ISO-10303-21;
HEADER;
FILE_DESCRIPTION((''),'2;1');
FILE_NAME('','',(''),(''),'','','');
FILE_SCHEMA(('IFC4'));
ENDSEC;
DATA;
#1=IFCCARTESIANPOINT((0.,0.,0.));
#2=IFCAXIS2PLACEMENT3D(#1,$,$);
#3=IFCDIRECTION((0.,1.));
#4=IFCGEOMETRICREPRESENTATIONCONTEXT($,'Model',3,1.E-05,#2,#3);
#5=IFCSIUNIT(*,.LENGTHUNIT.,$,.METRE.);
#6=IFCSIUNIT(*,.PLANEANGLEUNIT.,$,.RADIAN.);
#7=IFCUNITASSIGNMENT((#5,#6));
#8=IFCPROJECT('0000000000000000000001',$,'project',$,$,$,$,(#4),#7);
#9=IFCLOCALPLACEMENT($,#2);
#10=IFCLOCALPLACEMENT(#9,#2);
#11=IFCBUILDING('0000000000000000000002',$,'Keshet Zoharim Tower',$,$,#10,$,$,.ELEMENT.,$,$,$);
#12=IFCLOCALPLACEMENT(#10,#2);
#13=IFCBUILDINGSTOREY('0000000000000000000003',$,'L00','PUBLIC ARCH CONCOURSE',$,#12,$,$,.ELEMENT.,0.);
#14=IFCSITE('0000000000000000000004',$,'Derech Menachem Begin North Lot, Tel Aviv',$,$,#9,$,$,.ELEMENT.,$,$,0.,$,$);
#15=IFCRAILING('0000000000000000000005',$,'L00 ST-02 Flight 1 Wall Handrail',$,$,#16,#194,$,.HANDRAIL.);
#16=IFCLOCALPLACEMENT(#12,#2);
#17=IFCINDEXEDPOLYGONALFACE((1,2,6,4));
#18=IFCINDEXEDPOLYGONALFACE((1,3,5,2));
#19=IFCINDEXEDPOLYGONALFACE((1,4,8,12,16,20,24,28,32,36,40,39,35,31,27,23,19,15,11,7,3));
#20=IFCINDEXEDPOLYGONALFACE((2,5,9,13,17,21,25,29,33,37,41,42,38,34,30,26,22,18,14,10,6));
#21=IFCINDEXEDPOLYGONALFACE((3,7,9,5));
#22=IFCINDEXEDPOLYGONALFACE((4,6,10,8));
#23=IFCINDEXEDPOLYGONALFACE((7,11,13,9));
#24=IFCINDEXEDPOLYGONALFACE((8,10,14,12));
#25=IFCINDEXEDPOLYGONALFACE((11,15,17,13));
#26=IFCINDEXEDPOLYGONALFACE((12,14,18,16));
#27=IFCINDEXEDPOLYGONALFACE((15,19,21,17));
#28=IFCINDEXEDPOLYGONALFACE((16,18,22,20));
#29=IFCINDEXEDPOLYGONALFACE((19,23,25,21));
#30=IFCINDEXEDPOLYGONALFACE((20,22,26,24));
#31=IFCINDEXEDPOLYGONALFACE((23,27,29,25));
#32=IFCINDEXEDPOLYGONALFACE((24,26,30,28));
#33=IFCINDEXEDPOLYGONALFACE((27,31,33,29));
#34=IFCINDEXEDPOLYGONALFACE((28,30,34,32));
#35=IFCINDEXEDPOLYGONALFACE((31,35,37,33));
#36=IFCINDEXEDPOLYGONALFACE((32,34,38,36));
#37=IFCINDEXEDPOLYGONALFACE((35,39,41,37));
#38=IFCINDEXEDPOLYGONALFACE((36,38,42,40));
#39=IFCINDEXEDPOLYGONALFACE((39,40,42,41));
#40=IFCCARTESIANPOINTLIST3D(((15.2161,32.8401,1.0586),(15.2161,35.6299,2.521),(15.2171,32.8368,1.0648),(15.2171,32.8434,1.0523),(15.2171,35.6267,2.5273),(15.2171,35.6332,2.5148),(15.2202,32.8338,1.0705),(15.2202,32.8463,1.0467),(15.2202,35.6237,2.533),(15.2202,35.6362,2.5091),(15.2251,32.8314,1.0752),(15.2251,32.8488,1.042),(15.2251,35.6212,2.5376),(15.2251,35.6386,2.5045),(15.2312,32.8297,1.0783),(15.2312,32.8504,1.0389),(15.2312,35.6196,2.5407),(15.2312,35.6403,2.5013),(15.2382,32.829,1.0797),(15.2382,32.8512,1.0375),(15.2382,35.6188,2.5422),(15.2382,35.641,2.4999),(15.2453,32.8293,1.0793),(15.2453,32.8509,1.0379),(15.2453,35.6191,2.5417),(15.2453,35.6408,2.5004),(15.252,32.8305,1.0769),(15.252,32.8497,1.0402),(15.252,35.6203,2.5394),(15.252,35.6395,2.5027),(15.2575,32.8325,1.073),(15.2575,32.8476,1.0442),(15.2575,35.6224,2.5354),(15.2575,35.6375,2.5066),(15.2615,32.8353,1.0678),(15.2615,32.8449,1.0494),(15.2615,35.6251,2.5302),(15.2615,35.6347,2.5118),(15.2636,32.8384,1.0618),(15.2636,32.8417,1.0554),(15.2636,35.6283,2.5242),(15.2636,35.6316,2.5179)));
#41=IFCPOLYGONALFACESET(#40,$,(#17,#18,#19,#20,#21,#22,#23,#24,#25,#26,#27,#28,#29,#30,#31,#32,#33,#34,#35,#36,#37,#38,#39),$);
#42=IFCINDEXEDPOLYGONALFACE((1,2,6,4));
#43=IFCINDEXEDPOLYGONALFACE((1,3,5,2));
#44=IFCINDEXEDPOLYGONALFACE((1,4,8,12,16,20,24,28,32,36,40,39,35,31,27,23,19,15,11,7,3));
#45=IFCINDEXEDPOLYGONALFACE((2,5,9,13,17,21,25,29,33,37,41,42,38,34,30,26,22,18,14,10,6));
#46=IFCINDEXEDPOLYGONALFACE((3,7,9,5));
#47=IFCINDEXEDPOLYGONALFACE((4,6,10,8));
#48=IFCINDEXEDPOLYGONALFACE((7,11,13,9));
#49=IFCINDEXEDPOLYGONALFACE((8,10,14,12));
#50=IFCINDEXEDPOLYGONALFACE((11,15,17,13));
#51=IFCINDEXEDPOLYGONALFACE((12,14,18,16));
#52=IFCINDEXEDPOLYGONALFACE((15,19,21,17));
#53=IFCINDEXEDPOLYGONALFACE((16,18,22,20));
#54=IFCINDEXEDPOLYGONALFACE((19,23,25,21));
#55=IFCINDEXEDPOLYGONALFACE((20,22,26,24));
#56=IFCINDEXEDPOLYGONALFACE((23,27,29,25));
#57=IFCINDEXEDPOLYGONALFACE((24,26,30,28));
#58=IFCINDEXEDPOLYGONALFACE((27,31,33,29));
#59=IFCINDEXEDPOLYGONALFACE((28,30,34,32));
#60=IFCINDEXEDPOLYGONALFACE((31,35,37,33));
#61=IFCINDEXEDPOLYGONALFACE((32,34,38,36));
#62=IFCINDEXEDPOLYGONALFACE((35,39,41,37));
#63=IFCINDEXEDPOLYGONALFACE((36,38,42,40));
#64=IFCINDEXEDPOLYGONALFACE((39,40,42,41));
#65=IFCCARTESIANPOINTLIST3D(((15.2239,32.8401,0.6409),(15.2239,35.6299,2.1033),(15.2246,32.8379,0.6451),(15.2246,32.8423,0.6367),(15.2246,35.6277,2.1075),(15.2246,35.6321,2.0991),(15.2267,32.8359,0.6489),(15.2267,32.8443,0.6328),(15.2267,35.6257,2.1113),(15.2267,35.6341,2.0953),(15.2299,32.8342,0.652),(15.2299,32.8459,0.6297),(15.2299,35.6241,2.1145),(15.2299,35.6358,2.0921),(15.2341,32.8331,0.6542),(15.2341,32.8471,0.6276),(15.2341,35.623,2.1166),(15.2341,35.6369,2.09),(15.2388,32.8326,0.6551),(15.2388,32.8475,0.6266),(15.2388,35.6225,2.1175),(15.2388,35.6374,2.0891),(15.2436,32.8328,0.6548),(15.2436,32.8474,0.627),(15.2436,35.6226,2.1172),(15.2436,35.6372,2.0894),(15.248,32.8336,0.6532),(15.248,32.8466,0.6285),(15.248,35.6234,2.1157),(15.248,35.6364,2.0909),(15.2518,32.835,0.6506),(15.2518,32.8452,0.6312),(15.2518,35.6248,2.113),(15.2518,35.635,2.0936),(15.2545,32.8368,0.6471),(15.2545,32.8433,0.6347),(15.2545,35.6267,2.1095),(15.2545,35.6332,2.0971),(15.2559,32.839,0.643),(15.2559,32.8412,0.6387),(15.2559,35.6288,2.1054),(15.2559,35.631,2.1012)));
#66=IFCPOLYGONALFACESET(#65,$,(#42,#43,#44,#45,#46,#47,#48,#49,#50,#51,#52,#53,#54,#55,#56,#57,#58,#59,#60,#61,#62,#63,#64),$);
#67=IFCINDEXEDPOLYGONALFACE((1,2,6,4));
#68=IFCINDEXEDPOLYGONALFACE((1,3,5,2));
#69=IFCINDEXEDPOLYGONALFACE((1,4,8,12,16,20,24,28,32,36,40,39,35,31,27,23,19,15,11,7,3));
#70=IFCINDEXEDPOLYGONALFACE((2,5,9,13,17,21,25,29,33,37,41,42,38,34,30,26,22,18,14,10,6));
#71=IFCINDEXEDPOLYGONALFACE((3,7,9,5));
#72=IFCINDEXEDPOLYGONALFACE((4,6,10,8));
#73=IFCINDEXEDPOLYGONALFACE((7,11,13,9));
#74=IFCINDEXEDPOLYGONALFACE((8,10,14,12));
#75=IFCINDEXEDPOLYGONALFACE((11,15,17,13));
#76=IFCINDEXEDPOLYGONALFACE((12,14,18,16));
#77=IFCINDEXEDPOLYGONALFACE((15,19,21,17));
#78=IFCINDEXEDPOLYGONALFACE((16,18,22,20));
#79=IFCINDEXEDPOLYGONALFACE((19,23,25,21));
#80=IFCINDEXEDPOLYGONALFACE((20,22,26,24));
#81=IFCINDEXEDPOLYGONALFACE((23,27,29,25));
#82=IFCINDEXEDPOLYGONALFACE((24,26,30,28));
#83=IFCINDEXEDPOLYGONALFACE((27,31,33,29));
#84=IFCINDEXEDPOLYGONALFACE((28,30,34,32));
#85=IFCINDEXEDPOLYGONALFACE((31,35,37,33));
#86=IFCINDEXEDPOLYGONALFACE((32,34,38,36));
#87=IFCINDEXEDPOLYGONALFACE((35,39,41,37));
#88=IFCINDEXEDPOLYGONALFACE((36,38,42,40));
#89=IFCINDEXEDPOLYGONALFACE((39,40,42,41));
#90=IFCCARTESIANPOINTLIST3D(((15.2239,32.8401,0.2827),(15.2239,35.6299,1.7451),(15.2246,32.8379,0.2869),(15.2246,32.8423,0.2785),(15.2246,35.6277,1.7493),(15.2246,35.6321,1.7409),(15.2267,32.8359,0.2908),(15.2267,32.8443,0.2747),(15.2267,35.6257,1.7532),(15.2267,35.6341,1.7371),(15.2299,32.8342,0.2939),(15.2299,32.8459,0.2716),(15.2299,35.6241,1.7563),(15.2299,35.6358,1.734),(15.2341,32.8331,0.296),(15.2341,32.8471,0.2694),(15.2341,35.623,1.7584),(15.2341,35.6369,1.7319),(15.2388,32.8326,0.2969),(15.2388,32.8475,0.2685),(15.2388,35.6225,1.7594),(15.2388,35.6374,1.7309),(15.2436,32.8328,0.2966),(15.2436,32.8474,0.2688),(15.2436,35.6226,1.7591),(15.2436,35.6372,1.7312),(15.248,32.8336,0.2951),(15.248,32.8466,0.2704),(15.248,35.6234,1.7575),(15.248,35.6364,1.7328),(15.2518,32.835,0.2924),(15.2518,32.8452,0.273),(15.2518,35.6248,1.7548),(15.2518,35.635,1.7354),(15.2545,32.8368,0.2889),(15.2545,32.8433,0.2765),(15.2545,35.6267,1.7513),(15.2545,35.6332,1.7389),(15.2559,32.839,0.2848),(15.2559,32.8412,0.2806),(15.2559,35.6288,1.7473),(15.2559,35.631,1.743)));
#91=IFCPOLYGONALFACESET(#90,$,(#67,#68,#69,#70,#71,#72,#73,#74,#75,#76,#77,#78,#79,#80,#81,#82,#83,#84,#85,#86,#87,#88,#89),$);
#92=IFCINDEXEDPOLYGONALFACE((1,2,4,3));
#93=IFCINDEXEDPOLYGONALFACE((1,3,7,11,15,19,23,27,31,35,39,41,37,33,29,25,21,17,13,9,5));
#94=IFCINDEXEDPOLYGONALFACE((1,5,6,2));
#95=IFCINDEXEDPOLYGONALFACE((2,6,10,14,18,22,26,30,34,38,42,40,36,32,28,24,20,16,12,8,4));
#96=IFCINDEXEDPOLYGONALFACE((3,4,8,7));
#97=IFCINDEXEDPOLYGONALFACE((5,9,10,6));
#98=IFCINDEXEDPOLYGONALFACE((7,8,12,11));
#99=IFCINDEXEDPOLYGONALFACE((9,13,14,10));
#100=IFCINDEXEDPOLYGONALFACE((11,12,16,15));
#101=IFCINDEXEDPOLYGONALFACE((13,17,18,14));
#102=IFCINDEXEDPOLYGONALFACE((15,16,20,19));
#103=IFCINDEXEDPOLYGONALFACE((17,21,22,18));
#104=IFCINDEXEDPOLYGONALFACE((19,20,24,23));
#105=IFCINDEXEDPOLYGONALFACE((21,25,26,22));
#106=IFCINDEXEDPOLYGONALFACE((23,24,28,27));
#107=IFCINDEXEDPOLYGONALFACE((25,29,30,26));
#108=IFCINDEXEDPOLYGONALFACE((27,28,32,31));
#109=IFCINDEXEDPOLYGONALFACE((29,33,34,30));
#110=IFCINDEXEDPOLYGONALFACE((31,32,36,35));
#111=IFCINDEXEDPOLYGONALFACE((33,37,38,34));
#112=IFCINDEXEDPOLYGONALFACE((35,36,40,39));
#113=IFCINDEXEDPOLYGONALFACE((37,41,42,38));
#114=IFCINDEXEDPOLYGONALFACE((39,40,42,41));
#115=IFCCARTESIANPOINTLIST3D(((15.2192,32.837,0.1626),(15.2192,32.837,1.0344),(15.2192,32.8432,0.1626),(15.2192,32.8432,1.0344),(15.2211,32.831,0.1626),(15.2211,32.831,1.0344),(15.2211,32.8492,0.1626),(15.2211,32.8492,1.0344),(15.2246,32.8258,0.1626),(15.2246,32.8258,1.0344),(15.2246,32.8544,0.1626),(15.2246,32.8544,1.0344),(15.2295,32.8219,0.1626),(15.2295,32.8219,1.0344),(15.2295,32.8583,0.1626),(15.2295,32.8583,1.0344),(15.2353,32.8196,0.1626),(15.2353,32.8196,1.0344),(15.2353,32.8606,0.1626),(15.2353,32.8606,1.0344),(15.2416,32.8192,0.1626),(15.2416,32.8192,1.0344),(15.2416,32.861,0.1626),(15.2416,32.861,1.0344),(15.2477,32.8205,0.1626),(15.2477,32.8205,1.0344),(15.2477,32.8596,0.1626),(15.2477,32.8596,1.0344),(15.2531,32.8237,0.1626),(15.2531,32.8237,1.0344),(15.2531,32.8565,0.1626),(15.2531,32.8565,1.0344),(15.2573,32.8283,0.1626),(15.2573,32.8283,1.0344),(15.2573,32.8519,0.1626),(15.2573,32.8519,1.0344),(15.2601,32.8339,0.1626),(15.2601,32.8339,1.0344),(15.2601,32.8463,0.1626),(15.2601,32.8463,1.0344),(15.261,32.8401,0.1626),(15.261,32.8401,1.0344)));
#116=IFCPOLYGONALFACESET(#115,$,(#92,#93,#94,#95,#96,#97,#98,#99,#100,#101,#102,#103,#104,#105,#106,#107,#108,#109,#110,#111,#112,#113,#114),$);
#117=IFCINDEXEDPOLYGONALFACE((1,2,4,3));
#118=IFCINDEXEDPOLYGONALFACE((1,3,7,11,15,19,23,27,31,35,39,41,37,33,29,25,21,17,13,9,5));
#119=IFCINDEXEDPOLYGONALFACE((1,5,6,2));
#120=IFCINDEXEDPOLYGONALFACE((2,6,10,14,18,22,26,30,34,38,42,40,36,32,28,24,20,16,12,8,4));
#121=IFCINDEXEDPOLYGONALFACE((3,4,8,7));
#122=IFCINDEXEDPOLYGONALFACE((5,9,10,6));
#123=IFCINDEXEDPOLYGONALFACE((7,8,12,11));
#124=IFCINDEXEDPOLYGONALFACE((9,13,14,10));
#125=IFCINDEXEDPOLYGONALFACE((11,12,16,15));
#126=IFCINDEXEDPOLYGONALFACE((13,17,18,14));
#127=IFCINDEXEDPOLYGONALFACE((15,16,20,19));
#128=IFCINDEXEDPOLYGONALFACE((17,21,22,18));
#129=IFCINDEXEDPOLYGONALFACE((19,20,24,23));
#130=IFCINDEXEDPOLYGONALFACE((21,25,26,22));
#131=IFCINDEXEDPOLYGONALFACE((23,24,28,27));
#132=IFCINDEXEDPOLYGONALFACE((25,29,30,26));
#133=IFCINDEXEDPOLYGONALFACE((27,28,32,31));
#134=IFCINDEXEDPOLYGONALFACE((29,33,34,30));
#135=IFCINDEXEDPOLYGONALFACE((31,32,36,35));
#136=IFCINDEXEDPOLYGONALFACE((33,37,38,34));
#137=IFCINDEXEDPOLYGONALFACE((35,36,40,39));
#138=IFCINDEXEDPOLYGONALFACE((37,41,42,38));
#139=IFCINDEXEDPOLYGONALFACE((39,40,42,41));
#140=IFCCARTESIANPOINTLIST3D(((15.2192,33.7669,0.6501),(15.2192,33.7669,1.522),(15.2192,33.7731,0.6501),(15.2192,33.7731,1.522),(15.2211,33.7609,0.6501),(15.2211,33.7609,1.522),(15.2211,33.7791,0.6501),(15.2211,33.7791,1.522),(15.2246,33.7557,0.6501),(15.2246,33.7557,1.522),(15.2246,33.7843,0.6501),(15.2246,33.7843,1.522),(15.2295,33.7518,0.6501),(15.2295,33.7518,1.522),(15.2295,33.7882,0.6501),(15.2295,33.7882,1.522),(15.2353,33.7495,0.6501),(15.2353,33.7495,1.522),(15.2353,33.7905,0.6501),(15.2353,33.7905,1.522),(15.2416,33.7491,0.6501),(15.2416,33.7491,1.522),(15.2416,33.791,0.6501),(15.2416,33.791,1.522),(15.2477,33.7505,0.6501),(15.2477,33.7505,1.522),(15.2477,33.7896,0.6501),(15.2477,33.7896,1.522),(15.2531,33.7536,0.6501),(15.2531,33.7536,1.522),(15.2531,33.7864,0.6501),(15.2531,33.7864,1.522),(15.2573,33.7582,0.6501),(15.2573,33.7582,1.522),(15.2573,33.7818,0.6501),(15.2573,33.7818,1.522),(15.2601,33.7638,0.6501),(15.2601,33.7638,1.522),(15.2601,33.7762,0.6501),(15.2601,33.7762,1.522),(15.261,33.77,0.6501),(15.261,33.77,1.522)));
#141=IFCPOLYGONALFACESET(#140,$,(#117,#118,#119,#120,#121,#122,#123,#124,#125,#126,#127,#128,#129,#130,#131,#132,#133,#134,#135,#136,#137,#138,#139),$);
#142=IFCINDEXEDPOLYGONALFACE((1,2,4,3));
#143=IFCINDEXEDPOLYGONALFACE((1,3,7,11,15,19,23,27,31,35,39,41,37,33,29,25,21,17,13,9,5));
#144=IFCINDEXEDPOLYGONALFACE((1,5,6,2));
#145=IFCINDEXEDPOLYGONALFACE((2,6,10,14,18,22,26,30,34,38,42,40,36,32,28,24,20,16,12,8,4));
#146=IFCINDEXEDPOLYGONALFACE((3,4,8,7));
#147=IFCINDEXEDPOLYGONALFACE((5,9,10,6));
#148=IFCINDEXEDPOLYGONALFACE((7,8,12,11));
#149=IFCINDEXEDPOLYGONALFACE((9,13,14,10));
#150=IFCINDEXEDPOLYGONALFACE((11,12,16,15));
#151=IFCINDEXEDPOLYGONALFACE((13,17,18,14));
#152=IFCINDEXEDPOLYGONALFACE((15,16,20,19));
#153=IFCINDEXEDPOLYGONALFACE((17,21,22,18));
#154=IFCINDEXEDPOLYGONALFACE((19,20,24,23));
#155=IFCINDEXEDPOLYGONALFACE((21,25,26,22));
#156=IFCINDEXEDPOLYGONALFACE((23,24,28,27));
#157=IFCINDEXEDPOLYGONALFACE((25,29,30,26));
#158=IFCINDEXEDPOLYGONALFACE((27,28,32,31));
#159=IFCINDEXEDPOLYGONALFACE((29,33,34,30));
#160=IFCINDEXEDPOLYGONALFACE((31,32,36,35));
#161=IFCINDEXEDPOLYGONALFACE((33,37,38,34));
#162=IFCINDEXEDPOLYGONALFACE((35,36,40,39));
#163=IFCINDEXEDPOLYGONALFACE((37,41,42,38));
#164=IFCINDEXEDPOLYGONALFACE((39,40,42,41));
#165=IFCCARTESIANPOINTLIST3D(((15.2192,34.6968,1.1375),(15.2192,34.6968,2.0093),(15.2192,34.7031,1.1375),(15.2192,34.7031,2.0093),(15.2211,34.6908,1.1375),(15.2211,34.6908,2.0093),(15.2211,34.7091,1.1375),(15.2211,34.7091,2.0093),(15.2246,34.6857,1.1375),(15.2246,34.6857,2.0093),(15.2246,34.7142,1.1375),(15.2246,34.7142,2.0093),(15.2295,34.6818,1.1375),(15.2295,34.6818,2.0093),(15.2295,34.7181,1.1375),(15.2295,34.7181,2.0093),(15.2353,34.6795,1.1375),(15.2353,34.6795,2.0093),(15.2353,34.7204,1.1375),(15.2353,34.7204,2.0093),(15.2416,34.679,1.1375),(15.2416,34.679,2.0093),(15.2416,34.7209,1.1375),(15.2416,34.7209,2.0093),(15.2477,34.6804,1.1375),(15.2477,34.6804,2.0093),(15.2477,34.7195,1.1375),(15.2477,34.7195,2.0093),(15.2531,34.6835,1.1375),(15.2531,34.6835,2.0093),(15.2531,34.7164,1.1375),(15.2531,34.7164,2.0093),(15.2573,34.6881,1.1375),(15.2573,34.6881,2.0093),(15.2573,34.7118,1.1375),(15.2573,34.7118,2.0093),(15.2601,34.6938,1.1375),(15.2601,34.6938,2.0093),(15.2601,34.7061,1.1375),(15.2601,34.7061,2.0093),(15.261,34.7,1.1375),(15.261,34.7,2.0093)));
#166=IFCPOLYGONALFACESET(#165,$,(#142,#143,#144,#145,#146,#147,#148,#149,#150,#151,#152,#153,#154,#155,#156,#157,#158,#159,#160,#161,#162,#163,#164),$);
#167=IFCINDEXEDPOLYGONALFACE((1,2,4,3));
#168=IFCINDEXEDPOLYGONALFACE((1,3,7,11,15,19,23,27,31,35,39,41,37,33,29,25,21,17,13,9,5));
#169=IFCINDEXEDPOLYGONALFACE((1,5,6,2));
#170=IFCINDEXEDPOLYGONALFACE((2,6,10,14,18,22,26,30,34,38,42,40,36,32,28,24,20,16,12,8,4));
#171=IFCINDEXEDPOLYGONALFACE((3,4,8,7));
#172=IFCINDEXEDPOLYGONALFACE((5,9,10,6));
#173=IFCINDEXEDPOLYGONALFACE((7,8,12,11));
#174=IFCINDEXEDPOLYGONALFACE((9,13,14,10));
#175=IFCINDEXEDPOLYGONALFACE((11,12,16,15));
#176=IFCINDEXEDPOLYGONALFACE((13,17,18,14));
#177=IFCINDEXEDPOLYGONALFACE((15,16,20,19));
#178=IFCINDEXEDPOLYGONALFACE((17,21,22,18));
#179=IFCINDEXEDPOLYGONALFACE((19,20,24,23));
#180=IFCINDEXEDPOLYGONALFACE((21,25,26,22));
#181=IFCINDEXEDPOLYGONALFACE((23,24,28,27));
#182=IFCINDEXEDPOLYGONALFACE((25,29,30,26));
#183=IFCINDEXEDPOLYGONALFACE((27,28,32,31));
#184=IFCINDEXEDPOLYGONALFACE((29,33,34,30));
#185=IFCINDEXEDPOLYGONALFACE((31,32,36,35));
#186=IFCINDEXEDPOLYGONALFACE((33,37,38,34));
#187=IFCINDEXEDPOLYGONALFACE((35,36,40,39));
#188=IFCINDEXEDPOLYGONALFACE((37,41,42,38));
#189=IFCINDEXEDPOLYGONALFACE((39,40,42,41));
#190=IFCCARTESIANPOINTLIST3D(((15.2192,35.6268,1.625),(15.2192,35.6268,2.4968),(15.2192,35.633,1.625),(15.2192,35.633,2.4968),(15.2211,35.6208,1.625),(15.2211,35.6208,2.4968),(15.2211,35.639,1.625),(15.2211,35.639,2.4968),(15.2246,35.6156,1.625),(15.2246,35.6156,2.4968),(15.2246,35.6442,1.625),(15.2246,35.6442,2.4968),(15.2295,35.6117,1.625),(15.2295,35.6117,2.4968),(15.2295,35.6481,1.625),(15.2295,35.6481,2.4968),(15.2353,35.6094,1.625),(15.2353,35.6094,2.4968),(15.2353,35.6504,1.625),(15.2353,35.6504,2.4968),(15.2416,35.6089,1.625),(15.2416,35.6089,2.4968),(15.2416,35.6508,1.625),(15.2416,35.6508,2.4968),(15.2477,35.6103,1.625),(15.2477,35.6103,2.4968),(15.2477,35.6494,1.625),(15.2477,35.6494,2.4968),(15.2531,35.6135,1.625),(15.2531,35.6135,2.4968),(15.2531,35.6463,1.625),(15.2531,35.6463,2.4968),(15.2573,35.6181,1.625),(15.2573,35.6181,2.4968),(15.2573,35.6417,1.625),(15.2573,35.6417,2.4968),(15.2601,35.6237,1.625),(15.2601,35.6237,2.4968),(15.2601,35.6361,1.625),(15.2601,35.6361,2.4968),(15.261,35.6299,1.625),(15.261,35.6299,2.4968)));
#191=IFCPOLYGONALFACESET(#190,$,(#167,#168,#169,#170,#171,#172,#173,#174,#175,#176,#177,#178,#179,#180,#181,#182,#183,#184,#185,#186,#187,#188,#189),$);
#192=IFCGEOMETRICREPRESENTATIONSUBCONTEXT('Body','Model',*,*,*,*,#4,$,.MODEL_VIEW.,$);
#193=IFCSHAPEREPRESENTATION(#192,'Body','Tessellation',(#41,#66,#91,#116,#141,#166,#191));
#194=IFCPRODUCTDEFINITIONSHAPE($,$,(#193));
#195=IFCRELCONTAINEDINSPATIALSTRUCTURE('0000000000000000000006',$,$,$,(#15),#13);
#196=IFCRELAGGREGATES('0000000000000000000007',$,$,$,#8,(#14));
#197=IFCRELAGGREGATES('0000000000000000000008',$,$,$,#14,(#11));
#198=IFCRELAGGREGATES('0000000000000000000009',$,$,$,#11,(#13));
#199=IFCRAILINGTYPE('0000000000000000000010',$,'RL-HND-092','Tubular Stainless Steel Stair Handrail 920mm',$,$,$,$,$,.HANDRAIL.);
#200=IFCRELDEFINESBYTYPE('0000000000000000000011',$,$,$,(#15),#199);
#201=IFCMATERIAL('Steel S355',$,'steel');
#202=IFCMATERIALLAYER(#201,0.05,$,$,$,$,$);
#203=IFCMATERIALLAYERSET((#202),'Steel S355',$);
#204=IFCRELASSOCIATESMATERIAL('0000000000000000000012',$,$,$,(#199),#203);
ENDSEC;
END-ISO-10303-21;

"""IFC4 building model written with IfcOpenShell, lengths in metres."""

from ifc_helpers import new_model, si_unit, direction, frame, origin, origin_2d, place, context, subcontext, project, spatial, circle, extrude, material, layer, layer_set, type_object, element, save


model = new_model("IFC4")

# Units and contexts
model_context = context("Model", 3, precision=1e-05, world=origin(), true_north=direction((0.0, 1.0)))
body_context = subcontext(model_context, "Body", "Model", "MODEL_VIEW")
ifc_project = project(units=[si_unit("LENGTHUNIT", "METRE"), si_unit("PLANEANGLEUNIT", "RADIAN")], contexts=[model_context])

# Site, building, storey
site_placement = place(None, origin())
site = spatial("IfcSite", under=ifc_project, at=site_placement, Name="Derech Menachem Begin North Lot, Tel Aviv", CompositionType="ELEMENT", RefElevation=0.0)
building_placement = place(site_placement, origin())
building = spatial("IfcBuilding", under=site, at=building_placement, Name="Keshet Zoharim Tower", CompositionType="ELEMENT")
storey_placement = place(building_placement, origin())
storey = spatial("IfcBuildingStorey", under=building, at=storey_placement, Name="L00", Description="PUBLIC ARCH CONCOURSE", CompositionType="ELEMENT", Elevation=0.0)

# Shared definitions
ifc_material_1 = material(Name="Steel S355", Category="steel")

# Railing
ifc_layer_1 = layer(ifc_material_1, 0.05)
ifc_layer_set_1 = layer_set([ifc_layer_1], Name="Steel S355")
railing_type_1 = type_object("IfcRailingType", Name="RL-HND-092", Description="Tubular Stainless Steel Stair Handrail 920mm", PredefinedType="HANDRAIL", material=ifc_layer_set_1)
for number, where, name in (
    (1, (15.24, 32.8401, 0.1626), "L00 ST-02 Flight 1 Wall Handrail"),
):
    element("IfcRailing", number, at=place(storey_placement, frame(where)), inside=storey, type_object=railing_type_1, Name=name, PredefinedType="HANDRAIL", context=body_context, shape_type="SweptSolid", body=[
        extrude(circle(Radius=0.0239, at=origin_2d()), frame((0.0, 0.0, 0.896), z_axis=(0.0, 0.88569, 0.464276), x_axis=(-1.0, 0.0, 0.0)), (0.0, 0.0, 1.0), 3.1499),
        extrude(circle(Radius=0.0161, at=origin_2d()), frame((0.0, 0.0, 0.4783), z_axis=(0.0, 0.88569, 0.464276), x_axis=(-1.0, 0.0, 0.0)), (0.0, 0.0, 1.0), 3.1499),
        extrude(circle(Radius=0.0161, at=origin_2d()), frame((0.0, 0.0, 0.1201), z_axis=(0.0, 0.88569, 0.464276), x_axis=(-1.0, 0.0, 0.0)), (0.0, 0.0, 1.0), 3.1499),
        extrude(circle(Radius=0.021, at=origin_2d()), origin(), (0.0, 0.0, 1.0), 0.8718),
        extrude(circle(Radius=0.021, at=origin_2d()), frame((0.0, 0.9299, 0.4875)), (0.0, 0.0, 1.0), 0.8718),
        extrude(circle(Radius=0.021, at=origin_2d()), frame((0.0, 1.8599, 0.9749)), (0.0, 0.0, 1.0), 0.8718),
        extrude(circle(Radius=0.021, at=origin_2d()), frame((0.0, 2.7898, 1.4624)), (0.0, 0.0, 1.0), 0.8718),
    ])

save(model, "model.ifc")
